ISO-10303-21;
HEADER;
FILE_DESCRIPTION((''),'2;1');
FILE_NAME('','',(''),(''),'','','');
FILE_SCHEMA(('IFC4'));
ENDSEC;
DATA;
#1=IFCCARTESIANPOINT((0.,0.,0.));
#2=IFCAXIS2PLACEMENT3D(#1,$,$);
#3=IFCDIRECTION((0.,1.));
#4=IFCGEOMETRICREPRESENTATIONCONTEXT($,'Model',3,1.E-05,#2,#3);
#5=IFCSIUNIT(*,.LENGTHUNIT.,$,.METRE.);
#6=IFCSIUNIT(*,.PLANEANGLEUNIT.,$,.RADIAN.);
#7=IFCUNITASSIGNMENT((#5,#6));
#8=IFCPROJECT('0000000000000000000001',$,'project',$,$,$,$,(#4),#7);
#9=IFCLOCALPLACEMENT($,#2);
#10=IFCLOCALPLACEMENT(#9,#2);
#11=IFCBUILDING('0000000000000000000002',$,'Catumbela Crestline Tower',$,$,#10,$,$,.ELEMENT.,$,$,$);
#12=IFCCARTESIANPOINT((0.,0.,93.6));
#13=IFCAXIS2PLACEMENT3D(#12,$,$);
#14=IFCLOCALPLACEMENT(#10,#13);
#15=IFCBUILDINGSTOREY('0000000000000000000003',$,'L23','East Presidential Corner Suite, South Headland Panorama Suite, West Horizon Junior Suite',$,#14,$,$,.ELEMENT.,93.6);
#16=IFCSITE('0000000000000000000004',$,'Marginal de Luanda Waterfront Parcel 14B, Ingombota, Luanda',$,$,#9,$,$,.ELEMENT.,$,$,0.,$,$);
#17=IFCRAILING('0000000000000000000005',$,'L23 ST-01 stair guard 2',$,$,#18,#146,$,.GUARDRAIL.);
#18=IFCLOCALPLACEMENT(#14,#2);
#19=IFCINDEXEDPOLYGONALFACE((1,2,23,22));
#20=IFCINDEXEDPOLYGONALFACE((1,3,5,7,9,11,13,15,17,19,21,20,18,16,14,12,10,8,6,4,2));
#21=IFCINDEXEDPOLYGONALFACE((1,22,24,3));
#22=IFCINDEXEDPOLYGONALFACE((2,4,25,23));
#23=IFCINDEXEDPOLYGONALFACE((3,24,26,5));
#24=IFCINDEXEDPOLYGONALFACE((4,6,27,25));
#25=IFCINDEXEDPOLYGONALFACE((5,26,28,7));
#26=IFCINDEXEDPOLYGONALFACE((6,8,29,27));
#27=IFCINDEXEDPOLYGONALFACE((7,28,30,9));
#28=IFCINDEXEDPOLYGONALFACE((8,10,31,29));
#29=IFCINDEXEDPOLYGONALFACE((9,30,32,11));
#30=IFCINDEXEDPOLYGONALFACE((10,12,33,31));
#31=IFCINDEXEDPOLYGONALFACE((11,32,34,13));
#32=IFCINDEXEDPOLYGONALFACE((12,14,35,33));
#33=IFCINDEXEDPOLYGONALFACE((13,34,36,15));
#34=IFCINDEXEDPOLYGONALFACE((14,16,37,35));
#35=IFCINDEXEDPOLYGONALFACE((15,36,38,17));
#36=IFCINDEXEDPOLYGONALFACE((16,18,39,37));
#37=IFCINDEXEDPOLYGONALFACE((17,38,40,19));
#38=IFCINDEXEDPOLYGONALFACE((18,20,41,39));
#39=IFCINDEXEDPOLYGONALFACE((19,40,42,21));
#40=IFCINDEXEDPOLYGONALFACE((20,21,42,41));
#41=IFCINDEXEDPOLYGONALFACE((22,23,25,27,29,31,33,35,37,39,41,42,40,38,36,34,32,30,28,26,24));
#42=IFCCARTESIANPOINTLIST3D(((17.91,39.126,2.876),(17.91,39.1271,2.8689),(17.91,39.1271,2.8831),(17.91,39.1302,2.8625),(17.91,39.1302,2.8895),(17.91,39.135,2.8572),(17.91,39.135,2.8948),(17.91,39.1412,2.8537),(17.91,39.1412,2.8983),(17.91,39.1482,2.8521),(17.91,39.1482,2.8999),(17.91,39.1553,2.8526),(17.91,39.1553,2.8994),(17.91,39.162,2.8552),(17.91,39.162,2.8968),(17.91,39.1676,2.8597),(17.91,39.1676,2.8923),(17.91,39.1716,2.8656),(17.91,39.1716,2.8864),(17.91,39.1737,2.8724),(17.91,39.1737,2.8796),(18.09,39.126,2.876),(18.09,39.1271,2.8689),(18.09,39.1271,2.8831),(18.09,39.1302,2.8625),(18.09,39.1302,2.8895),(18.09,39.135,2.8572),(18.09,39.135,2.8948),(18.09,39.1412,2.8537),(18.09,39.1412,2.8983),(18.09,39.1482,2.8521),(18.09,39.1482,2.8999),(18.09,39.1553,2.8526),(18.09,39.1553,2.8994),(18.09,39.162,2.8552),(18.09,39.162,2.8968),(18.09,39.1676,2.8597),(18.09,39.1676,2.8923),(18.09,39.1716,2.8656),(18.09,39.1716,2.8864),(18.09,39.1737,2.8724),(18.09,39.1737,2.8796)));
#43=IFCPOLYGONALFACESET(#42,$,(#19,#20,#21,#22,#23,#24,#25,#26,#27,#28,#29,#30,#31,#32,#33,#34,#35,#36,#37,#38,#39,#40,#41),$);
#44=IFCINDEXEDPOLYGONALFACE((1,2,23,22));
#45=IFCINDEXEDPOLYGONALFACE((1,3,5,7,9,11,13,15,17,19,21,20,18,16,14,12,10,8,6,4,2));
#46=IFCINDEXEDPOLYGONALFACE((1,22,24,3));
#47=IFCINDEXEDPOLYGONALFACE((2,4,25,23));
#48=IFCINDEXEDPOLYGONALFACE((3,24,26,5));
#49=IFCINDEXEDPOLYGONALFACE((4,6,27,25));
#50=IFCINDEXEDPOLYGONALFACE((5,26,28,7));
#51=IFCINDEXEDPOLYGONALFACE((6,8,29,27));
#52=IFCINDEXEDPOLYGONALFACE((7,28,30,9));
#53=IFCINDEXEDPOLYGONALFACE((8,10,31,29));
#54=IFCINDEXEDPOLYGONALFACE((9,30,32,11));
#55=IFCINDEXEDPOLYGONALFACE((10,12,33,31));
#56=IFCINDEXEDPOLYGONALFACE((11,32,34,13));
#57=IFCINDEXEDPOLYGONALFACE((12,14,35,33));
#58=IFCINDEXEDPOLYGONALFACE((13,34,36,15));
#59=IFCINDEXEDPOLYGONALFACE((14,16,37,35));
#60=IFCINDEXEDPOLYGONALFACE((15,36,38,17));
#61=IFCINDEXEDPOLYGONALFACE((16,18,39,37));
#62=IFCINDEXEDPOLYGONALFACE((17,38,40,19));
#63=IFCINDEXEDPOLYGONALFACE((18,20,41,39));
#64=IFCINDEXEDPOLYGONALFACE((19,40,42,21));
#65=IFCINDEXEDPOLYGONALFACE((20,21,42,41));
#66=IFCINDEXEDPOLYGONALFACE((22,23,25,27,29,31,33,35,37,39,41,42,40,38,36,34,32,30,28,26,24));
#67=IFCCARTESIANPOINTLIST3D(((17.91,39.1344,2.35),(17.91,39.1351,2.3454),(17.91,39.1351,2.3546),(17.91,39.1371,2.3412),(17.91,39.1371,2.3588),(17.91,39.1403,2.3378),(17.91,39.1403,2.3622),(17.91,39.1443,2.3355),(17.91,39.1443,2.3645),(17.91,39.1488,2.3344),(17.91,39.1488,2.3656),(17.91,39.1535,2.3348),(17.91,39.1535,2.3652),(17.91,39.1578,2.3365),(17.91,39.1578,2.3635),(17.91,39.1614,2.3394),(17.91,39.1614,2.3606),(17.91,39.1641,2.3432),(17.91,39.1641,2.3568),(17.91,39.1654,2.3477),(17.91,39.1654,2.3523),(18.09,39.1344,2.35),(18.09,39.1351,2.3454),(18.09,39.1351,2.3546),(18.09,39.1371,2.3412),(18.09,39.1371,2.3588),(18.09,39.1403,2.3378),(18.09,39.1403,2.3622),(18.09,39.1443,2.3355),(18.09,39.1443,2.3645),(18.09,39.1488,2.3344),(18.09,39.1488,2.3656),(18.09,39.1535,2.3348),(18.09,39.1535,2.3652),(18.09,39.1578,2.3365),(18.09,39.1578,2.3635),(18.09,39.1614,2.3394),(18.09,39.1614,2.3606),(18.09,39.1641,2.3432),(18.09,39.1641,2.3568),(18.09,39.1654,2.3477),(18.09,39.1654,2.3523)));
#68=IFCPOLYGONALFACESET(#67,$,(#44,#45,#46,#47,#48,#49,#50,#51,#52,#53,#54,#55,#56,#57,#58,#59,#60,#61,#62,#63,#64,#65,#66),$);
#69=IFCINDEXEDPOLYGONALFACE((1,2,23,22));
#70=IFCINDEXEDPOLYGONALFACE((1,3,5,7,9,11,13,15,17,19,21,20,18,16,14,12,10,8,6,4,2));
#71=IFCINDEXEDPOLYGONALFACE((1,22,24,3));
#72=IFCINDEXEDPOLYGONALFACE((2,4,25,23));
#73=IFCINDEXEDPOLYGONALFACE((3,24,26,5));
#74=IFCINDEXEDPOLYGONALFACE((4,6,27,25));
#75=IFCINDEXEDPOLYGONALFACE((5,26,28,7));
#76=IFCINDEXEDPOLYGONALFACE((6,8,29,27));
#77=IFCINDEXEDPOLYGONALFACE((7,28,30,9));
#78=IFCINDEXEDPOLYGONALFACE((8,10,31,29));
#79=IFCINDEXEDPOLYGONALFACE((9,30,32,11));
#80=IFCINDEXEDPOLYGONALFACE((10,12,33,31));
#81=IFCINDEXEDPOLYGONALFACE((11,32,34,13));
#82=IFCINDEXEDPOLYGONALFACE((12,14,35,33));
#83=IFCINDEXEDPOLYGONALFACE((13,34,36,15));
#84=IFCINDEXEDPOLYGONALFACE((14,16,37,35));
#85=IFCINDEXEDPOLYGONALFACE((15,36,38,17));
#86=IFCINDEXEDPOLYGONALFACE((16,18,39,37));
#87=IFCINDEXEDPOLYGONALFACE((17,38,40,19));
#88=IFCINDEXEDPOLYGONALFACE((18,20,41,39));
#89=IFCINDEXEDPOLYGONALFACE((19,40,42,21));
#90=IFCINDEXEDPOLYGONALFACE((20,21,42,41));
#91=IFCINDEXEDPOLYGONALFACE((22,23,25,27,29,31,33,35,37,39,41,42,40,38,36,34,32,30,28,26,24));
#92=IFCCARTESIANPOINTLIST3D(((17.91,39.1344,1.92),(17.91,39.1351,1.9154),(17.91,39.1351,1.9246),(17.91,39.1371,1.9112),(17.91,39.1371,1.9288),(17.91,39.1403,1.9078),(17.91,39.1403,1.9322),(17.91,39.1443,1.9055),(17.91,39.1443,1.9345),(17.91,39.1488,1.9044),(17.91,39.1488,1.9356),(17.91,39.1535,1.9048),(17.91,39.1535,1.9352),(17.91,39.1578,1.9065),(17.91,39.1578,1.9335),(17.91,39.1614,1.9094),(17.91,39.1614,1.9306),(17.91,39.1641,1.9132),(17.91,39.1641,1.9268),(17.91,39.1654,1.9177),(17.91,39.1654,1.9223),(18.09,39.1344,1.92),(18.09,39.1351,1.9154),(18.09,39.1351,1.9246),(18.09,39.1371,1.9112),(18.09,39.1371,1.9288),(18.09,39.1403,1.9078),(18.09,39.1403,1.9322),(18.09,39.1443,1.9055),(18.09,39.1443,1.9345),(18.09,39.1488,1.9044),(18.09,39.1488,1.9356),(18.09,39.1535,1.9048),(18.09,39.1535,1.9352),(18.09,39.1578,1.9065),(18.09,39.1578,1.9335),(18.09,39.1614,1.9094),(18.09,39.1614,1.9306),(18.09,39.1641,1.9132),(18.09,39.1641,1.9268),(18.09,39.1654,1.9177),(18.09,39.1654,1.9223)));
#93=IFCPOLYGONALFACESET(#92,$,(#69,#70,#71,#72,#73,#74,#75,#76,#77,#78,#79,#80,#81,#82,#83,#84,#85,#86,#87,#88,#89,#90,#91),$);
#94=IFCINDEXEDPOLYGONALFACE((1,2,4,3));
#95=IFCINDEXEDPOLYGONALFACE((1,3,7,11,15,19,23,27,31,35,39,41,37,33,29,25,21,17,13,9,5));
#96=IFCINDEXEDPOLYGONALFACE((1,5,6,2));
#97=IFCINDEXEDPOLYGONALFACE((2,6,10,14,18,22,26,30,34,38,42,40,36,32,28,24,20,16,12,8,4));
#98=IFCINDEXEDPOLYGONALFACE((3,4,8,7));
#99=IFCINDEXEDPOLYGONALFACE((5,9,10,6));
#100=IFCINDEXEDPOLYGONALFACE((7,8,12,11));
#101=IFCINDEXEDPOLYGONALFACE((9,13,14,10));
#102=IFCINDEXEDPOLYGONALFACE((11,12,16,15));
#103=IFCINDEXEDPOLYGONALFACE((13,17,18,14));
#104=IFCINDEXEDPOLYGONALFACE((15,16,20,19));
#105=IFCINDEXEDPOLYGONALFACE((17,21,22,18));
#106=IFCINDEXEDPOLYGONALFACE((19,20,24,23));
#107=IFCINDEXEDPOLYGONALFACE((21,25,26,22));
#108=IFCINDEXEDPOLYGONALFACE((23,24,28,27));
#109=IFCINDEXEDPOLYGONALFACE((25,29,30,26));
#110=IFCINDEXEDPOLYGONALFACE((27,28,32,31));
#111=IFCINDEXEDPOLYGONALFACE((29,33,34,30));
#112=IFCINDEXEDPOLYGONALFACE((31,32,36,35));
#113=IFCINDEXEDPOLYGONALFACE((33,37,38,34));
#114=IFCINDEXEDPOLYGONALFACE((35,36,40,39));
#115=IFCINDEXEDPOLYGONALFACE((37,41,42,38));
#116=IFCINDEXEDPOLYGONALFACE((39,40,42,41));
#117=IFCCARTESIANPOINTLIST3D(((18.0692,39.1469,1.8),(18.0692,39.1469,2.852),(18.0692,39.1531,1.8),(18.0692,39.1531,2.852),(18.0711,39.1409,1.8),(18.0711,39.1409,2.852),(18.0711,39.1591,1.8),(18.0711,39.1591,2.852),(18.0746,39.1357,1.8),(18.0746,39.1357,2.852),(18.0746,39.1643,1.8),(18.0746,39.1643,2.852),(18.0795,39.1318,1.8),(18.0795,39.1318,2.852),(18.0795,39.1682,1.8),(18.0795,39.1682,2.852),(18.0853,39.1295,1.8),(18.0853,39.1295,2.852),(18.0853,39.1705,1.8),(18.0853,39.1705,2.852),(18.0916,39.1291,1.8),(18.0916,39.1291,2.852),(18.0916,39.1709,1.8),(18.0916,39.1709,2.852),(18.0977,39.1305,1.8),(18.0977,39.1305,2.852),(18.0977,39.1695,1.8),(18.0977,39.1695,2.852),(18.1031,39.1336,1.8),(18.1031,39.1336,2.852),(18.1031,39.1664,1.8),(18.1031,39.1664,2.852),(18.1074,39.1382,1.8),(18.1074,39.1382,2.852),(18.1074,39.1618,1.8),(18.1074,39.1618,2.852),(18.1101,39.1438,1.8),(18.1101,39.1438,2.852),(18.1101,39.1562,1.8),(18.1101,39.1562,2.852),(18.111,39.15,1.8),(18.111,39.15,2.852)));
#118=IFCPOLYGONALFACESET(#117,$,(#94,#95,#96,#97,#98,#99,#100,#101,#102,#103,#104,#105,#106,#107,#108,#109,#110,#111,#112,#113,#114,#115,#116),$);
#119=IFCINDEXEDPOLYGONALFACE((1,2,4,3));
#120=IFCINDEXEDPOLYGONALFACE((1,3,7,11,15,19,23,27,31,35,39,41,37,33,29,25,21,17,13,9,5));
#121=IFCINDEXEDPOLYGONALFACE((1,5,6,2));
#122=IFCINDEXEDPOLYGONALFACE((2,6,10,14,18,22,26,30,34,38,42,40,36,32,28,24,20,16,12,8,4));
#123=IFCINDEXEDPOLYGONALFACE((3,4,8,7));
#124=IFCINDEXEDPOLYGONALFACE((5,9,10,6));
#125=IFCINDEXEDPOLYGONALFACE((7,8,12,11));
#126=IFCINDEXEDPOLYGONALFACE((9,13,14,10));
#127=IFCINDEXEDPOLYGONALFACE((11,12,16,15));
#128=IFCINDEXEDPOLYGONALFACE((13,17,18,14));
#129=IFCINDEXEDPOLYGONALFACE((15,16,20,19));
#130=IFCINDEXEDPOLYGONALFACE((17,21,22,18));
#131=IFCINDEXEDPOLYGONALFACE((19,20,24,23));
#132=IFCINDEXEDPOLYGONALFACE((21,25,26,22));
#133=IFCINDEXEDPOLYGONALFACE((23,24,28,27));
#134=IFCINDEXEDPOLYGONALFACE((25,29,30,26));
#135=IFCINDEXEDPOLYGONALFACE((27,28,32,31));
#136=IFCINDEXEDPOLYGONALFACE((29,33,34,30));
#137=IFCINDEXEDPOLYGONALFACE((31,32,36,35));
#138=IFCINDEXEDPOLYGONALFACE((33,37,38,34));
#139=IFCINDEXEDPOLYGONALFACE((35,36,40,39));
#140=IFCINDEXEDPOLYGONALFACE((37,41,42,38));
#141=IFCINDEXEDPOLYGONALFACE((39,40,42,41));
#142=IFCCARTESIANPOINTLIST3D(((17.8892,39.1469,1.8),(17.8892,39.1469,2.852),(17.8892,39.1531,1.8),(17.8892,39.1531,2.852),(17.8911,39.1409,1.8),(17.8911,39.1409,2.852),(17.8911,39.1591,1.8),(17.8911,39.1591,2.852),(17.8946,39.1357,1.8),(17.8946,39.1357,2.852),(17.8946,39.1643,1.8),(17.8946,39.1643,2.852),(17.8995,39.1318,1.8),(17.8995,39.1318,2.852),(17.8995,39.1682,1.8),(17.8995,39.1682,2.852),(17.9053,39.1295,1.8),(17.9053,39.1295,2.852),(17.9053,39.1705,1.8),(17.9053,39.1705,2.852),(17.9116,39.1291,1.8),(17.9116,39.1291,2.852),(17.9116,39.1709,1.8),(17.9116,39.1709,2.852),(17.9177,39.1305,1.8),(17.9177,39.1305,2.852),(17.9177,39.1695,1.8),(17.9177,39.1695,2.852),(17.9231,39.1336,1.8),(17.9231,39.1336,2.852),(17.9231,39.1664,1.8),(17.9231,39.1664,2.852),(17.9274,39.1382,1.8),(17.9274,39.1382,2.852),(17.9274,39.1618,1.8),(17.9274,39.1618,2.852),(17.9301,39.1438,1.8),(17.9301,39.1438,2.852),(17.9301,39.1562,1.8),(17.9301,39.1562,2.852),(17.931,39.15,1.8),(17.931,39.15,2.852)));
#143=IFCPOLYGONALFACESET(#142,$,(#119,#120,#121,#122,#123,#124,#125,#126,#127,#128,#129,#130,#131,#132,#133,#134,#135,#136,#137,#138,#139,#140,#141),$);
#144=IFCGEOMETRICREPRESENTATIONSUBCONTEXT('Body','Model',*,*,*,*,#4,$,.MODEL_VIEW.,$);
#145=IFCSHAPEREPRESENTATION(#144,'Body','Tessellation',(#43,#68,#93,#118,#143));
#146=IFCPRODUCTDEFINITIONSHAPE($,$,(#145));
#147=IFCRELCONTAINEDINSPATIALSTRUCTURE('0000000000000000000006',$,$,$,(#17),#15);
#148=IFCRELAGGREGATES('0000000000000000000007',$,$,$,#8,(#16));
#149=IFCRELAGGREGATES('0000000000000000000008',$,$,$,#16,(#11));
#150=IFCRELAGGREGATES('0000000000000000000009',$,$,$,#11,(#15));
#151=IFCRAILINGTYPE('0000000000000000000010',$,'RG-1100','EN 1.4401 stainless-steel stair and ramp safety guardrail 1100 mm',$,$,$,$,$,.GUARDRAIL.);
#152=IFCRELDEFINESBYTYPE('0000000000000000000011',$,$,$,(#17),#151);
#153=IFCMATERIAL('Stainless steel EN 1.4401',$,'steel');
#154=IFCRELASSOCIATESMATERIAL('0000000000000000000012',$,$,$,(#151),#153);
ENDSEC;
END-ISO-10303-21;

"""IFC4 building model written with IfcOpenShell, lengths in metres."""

from ifc_helpers import new_model, si_unit, direction, frame, origin, origin_2d, place, context, subcontext, project, spatial, circle, extrude, material, type_object, element, save


model = new_model("IFC4")

# Units and contexts
model_context = context("Model", 3, precision=1e-05, world=origin(), true_north=direction((0.0, 1.0)))
body_context = subcontext(model_context, "Body", "Model", "MODEL_VIEW")
ifc_project = project(units=[si_unit("LENGTHUNIT", "METRE"), si_unit("PLANEANGLEUNIT", "RADIAN")], contexts=[model_context])

# Site, building, storey
site_placement = place(None, origin())
site = spatial("IfcSite", under=ifc_project, at=site_placement, Name="Marginal de Luanda Waterfront Parcel 14B, Ingombota, Luanda", CompositionType="ELEMENT", RefElevation=0.0)
building_placement = place(site_placement, origin())
building = spatial("IfcBuilding", under=site, at=building_placement, Name="Catumbela Crestline Tower", CompositionType="ELEMENT")
storey_placement = place(building_placement, frame((0.0, 0.0, 93.6)))
storey = spatial("IfcBuildingStorey", under=building, at=storey_placement, Name="L23", Description="East Presidential Corner Suite, South Headland Panorama Suite, West Horizon Junior Suite", CompositionType="ELEMENT", Elevation=93.6)

# Railing
ifc_material_1 = material(Name="Stainless steel EN 1.4401", Category="steel")
railing_type_1 = type_object("IfcRailingType", Name="RG-1100", Description="EN 1.4401 stainless-steel stair and ramp safety guardrail 1100 mm", PredefinedType="GUARDRAIL", material=ifc_material_1)
railing_1_placement = place(storey_placement, frame((18.09, 39.15, 1.8)))
element("IfcRailing", 1, at=railing_1_placement, inside=storey, type_object=railing_type_1, Name="L23 ST-01 stair guard 2", PredefinedType="GUARDRAIL", context=body_context, shape_type="SweptSolid", body=[
    extrude(circle(Radius=0.024, at=origin_2d()), frame((0.0, 0.0, 1.076), z_axis=(-1.0, 0.0, 0.0), x_axis=(0.0, -1.0, 0.0)), (0.0, 0.0, 1.0), 0.18),
    extrude(circle(Radius=0.0156, at=origin_2d()), frame((0.0, 0.0, 0.55), z_axis=(-1.0, 0.0, 0.0), x_axis=(0.0, -1.0, 0.0)), (0.0, 0.0, 1.0), 0.18),
    extrude(circle(Radius=0.0156, at=origin_2d()), frame((0.0, 0.0, 0.12), z_axis=(-1.0, 0.0, 0.0), x_axis=(0.0, -1.0, 0.0)), (0.0, 0.0, 1.0), 0.18),
    extrude(circle(Radius=0.021, at=origin_2d()), origin(), (0.0, 0.0, 1.0), 1.052),
    extrude(circle(Radius=0.021, at=origin_2d()), frame((-0.18, 0.0, 0.0)), (0.0, 0.0, 1.0), 1.052),
])

save(model, "model.ifc")
